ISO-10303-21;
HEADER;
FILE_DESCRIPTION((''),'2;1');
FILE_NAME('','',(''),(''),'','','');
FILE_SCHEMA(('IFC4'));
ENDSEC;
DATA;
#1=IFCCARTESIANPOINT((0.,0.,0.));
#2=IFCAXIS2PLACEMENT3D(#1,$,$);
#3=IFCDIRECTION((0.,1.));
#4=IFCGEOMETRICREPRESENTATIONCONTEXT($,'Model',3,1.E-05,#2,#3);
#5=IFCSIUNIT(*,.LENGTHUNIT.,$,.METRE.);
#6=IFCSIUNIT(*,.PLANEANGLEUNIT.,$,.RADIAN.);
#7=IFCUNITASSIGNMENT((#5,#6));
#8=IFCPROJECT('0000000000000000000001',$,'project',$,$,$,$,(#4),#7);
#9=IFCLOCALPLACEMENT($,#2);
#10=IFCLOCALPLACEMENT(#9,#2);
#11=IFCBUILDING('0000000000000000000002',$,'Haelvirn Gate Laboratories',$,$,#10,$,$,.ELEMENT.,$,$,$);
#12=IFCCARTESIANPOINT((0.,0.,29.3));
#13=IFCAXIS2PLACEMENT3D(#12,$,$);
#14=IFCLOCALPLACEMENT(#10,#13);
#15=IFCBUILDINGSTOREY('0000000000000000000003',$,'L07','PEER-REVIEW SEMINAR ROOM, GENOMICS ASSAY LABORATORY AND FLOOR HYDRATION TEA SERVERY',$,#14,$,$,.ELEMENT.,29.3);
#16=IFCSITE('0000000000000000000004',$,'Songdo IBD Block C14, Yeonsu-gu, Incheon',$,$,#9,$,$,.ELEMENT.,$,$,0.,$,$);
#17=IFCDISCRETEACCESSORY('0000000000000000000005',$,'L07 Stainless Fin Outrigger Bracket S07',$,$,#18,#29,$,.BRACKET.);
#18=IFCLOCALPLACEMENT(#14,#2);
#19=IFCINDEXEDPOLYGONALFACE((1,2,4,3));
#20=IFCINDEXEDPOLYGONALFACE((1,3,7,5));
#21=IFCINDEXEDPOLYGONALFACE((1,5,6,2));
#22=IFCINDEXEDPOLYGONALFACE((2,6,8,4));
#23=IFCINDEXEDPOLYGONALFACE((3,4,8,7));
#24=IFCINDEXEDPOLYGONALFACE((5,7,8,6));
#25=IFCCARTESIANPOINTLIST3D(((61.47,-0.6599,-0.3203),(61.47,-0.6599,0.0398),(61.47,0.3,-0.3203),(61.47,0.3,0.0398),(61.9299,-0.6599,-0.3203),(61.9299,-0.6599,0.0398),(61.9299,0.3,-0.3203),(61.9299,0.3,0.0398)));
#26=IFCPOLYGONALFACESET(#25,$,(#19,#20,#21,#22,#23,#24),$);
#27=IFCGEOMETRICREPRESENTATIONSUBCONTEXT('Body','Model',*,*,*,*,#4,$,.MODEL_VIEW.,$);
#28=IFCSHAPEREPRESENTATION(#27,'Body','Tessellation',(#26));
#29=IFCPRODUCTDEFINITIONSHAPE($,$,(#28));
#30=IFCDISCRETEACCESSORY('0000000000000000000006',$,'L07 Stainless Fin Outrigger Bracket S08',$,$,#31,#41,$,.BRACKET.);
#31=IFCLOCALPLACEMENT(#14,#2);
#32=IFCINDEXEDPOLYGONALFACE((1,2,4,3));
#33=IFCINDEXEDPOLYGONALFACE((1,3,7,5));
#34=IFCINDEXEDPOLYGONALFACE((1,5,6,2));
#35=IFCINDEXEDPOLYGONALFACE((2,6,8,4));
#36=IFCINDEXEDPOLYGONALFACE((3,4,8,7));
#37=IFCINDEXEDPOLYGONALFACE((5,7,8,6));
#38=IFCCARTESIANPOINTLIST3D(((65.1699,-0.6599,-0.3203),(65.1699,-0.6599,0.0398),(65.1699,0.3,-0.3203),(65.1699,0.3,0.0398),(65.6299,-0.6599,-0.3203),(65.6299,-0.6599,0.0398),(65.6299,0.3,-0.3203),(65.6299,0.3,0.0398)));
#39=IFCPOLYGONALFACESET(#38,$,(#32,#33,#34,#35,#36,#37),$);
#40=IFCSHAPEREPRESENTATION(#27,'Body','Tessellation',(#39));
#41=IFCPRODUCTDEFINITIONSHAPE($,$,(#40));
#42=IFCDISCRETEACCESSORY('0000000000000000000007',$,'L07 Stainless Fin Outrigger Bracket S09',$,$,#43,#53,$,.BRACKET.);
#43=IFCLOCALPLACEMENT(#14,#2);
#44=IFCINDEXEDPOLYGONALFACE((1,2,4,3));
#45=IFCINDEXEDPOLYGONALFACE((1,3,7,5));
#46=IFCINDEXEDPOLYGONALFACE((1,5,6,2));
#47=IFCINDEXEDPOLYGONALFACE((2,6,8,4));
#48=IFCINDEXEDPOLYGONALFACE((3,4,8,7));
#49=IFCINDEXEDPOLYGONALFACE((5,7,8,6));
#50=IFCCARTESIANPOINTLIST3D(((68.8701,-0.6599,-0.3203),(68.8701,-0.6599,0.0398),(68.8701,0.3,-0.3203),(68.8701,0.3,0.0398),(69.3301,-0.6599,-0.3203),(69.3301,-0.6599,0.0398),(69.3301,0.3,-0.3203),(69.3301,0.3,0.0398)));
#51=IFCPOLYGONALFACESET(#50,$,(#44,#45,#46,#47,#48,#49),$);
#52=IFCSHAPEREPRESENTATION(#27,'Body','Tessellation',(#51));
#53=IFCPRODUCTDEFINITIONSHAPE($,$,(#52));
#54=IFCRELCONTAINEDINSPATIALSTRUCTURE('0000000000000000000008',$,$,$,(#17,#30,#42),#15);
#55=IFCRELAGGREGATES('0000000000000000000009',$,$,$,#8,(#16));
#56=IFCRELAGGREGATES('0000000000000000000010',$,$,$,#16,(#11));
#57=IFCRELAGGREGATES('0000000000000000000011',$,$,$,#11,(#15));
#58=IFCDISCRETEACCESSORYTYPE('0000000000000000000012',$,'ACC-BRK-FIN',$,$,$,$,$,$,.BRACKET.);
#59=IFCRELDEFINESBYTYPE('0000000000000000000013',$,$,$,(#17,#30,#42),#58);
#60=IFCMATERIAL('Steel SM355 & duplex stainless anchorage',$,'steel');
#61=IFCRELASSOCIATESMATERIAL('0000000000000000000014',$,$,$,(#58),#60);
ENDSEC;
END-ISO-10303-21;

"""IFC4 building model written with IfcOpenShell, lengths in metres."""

from ifc_helpers import new_model, si_unit, direction, frame, origin, origin_2d, place, context, subcontext, project, spatial, rectangle, extrude, source, transform, mapped, material, type_object, type_shapes, element, save


model = new_model("IFC4")

# Units and contexts
model_context = context("Model", 3, precision=1e-05, world=origin(), true_north=direction((0.0, 1.0)))
body_context = subcontext(model_context, "Body", "Model", "MODEL_VIEW")
ifc_project = project(units=[si_unit("LENGTHUNIT", "METRE"), si_unit("PLANEANGLEUNIT", "RADIAN")], contexts=[model_context])

# Site, building, storey
site_placement = place(None, origin())
site = spatial("IfcSite", under=ifc_project, at=site_placement, Name="Songdo IBD Block C14, Yeonsu-gu, Incheon", CompositionType="ELEMENT", RefElevation=0.0)
building_placement = place(site_placement, origin())
building = spatial("IfcBuilding", under=site, at=building_placement, Name="Haelvirn Gate Laboratories", CompositionType="ELEMENT")
storey_placement = place(building_placement, frame((0.0, 0.0, 29.3)))
storey = spatial("IfcBuildingStorey", under=building, at=storey_placement, Name="L07", Description="PEER-REVIEW SEMINAR ROOM, GENOMICS ASSAY LABORATORY AND FLOOR HYDRATION TEA SERVERY", CompositionType="ELEMENT", Elevation=29.3)

# Discrete accessories
ifc_material_1 = material(Name="Steel SM355 & duplex stainless anchorage", Category="steel")
discrete_accessory_type = type_object("IfcDiscreteAccessoryType", Name="ACC-BRK-FIN", PredefinedType="BRACKET", material=ifc_material_1)
shared_shape_1 = source(origin(), body_context, "Body", "SweptSolid", [
    extrude(rectangle(XDim=0.46, YDim=0.96, at=origin_2d()), origin(), (0.0, 0.0, 1.0), 0.3601),
])
type_shapes(discrete_accessory_type, [shared_shape_1])
for number, where, z_axis, x_axis, name in (
    (1, (61.7, -0.1799, -0.3203), (0.0, 0.0, 1.0), (1.0, 0.0, 0.0), "L07 Stainless Fin Outrigger Bracket S07"),
    (2, (65.3999, -0.1799, -0.3203), (0.0, 0.0, 1.0), (1.0, 0.0, 0.0), "L07 Stainless Fin Outrigger Bracket S08"),
    (3, (69.1001, -0.1799, -0.3203), (0.0, 0.0, 1.0), (1.0, 0.0, 0.0), "L07 Stainless Fin Outrigger Bracket S09"),
):
    element("IfcDiscreteAccessory", number, at=place(storey_placement, frame(where, z_axis=z_axis, x_axis=x_axis)), inside=storey, type_object=discrete_accessory_type, Name=name, PredefinedType="BRACKET", context=body_context, shape_type="MappedRepresentation", body=[
        mapped(shared_shape_1, transform((0.0, 0.0, 0.0), scale=1.0)),
    ])

save(model, "model.ifc")
